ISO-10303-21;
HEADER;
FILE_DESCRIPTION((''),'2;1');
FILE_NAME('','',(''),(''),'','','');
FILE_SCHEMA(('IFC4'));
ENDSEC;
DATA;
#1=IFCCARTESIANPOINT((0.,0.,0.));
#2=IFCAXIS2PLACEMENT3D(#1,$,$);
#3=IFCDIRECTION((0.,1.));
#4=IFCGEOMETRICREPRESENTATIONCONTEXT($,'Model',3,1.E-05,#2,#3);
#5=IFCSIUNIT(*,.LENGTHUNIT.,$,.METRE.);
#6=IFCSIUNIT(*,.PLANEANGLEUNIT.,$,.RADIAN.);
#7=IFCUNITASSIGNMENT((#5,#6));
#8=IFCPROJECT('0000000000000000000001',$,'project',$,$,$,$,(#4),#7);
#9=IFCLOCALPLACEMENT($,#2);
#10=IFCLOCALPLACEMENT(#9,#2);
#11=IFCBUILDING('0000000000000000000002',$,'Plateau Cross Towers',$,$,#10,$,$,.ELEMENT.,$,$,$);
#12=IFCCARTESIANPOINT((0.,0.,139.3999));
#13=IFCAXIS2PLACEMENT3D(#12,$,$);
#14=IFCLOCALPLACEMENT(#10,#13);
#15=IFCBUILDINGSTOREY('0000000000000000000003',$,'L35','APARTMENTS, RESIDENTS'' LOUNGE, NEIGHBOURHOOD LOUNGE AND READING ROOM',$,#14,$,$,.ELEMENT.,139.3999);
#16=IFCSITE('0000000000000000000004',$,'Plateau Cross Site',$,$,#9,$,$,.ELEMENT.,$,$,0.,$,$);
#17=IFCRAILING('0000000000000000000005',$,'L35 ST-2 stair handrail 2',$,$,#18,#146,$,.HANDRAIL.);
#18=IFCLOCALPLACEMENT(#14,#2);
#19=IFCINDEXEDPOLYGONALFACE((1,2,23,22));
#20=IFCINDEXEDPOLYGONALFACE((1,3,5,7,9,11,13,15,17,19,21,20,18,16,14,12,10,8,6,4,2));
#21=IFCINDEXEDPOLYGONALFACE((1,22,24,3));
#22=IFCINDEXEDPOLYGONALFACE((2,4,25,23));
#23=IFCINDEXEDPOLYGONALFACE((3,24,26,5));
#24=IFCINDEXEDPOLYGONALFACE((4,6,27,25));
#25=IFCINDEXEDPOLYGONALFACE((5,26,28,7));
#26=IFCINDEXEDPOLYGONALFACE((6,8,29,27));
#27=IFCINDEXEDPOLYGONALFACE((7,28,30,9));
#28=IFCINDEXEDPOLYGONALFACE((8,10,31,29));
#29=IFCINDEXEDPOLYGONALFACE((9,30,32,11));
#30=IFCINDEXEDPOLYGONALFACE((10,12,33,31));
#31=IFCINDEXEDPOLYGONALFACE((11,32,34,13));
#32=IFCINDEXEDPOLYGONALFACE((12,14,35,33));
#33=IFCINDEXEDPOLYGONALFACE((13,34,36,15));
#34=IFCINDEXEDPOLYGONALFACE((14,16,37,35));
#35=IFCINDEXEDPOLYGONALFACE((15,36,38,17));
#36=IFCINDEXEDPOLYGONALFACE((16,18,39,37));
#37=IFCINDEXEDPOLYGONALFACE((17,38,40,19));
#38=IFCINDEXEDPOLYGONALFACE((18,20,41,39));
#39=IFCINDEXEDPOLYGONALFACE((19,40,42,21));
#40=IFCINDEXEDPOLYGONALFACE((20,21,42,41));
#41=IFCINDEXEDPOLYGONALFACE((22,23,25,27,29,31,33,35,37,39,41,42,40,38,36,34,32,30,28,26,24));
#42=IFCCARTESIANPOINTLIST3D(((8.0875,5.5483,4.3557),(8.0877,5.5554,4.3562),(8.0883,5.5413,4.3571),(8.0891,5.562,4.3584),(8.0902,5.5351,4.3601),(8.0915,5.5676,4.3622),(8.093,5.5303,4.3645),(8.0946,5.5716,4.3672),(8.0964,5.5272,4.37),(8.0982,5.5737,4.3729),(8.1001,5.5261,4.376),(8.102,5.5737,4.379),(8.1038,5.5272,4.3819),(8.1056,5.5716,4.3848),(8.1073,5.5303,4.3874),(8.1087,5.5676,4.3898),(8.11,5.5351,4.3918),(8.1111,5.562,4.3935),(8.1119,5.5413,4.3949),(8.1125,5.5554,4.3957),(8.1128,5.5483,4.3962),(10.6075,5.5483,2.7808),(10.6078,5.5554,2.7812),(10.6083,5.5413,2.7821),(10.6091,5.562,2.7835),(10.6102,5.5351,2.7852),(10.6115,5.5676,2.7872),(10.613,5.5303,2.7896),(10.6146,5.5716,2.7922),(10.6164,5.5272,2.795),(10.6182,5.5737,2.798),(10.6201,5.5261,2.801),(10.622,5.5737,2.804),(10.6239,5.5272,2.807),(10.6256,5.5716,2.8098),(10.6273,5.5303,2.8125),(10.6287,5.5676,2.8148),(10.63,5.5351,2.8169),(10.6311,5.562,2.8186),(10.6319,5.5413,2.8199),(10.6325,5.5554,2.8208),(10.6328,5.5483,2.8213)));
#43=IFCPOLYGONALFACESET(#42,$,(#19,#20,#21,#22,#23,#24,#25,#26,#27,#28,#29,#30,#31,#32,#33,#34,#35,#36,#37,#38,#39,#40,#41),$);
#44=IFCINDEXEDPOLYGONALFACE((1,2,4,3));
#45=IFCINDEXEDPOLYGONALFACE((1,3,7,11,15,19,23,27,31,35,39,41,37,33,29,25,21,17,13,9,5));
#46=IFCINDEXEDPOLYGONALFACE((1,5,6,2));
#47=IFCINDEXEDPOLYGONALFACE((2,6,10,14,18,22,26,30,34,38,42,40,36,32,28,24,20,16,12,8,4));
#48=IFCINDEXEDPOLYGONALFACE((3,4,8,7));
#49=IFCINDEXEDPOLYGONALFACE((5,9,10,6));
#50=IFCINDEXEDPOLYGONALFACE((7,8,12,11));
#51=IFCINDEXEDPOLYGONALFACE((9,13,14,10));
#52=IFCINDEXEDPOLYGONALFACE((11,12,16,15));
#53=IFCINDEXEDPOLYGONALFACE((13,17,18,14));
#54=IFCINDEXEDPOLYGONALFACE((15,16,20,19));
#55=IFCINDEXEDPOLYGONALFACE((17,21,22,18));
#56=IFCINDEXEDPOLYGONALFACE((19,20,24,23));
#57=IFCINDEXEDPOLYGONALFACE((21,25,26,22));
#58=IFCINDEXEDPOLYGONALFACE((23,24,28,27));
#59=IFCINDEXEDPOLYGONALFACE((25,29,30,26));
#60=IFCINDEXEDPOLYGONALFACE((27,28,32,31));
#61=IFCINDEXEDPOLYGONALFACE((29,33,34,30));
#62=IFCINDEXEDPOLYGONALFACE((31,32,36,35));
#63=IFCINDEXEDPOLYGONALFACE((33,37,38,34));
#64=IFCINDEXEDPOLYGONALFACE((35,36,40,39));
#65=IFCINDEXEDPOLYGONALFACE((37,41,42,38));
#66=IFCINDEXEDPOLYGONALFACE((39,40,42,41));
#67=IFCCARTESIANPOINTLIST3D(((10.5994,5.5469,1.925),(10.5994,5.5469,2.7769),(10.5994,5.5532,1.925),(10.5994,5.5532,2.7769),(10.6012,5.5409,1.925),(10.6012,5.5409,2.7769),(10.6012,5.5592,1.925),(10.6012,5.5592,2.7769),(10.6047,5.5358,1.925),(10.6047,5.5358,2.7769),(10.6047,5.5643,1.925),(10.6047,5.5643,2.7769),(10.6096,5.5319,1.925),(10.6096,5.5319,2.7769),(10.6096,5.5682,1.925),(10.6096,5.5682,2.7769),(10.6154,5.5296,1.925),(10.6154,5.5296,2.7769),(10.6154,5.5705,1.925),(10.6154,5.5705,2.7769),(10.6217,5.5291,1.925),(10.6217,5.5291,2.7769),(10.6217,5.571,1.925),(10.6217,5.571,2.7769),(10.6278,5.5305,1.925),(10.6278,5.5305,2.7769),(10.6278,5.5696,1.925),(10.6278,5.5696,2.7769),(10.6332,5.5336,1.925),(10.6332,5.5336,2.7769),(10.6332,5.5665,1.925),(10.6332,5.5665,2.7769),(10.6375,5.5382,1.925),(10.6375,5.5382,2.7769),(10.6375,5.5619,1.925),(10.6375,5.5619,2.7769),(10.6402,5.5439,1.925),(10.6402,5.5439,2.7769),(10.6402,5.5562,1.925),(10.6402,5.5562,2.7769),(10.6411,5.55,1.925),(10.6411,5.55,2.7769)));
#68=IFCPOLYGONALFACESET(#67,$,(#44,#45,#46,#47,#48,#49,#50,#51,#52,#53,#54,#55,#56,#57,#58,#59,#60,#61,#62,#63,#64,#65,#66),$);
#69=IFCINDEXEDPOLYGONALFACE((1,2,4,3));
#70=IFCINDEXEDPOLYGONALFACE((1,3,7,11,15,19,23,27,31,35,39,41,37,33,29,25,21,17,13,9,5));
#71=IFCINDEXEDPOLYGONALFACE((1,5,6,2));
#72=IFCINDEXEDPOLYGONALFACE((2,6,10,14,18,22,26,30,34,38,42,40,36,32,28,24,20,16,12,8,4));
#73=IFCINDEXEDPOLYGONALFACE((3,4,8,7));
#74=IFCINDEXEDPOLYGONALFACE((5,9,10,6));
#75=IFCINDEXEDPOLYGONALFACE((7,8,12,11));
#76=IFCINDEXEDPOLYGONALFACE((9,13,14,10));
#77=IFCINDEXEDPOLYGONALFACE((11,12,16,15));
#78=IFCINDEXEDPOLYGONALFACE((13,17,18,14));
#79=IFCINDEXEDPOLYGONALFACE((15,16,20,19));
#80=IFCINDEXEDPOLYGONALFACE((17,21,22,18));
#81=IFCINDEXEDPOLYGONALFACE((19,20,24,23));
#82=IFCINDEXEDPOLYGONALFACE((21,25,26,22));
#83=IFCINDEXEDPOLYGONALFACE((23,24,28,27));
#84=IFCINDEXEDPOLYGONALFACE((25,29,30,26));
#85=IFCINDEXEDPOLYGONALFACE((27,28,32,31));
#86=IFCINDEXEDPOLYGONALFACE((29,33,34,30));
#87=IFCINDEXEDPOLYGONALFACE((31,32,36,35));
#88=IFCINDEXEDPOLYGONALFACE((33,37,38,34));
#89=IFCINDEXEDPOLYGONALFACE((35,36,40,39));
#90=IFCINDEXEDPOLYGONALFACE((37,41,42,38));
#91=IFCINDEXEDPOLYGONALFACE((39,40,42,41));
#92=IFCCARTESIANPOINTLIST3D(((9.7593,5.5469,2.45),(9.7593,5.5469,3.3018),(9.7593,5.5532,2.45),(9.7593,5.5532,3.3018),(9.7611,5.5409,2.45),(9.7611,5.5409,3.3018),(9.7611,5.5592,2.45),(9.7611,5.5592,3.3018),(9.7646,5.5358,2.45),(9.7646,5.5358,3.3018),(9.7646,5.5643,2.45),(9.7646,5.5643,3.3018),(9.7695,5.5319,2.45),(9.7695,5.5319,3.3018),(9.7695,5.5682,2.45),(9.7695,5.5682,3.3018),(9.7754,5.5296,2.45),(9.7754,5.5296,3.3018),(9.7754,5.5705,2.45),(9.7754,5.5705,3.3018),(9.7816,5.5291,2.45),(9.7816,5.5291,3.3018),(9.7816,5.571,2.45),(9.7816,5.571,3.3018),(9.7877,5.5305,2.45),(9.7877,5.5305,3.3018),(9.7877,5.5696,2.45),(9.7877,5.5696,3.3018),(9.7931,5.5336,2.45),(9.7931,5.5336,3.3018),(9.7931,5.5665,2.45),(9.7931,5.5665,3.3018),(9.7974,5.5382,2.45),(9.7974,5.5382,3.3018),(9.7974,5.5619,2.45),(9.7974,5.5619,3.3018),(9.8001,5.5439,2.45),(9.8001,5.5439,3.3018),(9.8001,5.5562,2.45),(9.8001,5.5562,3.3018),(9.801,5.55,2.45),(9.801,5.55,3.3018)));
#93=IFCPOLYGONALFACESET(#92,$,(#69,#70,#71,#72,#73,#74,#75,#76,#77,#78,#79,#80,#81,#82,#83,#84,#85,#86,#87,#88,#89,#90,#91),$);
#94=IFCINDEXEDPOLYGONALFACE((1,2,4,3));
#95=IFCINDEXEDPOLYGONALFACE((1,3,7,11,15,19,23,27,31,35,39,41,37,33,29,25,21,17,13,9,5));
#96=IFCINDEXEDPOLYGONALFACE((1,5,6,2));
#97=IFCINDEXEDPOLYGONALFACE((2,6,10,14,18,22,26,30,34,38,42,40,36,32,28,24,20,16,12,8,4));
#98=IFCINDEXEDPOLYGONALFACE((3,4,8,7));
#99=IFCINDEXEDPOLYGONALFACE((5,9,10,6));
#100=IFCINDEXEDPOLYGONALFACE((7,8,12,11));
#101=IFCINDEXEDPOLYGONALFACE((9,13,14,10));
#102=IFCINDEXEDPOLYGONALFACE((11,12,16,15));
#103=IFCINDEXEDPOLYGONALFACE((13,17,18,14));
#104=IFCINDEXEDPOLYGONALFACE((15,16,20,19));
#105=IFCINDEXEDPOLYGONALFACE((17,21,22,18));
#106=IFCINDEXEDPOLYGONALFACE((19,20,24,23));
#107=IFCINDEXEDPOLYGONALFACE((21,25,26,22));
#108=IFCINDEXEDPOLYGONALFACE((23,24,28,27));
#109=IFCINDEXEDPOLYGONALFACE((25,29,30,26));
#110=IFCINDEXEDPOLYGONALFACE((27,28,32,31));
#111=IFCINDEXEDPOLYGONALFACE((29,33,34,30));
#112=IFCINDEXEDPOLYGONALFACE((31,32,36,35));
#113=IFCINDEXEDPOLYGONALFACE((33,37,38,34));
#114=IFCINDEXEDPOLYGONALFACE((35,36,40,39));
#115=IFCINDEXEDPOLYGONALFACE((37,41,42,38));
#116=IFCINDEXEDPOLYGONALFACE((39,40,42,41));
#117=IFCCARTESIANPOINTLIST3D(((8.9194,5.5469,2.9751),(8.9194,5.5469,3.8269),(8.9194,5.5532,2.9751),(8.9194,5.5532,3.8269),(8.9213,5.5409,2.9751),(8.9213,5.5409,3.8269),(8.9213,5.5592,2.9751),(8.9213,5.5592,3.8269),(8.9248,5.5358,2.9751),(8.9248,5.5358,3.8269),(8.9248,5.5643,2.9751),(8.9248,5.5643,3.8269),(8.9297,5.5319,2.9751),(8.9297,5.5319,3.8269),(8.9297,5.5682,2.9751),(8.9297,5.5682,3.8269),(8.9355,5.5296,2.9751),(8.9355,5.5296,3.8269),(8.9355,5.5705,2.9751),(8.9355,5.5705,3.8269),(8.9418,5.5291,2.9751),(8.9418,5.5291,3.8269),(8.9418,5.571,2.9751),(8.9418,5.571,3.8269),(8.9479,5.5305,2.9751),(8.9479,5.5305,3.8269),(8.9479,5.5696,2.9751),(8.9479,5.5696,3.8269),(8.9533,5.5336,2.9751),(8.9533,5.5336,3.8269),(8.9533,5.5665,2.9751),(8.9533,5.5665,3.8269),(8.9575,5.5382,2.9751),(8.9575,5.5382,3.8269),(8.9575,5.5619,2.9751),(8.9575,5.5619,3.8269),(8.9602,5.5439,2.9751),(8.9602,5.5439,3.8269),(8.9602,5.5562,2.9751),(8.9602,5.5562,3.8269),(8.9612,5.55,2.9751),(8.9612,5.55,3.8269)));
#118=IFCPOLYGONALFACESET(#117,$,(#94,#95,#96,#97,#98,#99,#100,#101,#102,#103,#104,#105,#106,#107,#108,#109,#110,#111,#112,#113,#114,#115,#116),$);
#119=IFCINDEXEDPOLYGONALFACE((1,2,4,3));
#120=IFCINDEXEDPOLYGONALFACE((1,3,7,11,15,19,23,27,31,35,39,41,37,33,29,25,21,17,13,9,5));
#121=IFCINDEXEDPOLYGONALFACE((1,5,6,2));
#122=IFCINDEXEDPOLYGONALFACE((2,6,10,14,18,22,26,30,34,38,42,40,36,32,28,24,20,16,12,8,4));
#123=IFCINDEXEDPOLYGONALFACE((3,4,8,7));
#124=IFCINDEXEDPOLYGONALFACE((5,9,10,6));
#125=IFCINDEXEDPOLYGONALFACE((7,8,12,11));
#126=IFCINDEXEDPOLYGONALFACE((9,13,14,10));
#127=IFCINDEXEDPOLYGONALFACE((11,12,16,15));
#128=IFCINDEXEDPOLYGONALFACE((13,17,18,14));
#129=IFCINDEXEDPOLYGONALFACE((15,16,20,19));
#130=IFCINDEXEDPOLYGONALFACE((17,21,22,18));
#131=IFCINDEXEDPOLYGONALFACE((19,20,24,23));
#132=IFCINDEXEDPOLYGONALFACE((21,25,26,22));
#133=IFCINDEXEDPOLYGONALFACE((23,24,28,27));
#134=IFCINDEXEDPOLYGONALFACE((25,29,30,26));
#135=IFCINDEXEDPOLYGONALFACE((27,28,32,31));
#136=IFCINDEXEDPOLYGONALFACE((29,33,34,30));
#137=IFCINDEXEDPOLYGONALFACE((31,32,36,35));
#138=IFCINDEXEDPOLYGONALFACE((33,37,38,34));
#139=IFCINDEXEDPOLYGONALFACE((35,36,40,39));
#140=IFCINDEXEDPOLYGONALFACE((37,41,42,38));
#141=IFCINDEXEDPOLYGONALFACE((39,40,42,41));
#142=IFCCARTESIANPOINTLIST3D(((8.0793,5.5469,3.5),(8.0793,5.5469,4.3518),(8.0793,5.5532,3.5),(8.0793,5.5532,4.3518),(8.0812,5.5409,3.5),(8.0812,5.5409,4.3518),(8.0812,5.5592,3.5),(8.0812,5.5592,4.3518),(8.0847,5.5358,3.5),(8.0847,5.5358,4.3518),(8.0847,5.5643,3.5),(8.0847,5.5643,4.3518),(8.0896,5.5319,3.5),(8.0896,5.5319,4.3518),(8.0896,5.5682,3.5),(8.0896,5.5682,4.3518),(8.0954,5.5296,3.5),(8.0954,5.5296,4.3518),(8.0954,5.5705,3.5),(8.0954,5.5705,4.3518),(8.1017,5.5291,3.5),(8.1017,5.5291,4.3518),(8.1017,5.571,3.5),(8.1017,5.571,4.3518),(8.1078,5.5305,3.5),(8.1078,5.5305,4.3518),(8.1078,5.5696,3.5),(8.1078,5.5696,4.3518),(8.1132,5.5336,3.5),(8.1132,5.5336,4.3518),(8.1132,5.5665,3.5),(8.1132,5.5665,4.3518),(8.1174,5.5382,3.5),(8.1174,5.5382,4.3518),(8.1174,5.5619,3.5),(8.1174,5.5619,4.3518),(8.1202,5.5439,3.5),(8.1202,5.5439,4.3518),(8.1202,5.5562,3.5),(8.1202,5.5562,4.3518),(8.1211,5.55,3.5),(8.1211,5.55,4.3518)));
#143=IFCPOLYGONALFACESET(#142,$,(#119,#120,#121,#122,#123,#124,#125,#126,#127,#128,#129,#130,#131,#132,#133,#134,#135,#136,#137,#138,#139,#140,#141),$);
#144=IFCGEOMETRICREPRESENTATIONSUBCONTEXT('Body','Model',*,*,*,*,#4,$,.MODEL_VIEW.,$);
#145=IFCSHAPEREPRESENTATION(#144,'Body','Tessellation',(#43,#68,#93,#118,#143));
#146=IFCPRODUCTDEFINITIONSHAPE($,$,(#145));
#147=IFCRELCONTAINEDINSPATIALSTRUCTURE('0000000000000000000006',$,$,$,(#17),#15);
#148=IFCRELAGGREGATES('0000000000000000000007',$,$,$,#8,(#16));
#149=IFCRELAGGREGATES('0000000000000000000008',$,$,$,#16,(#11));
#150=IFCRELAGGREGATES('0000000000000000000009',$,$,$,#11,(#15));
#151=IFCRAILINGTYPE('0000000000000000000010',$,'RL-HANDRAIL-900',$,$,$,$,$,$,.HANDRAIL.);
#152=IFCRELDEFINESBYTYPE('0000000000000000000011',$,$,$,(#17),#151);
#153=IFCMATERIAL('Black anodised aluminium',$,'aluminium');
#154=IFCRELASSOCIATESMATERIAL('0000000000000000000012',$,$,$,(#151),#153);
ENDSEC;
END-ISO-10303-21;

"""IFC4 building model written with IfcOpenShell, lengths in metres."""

from ifc_helpers import new_model, si_unit, direction, frame, origin, origin_2d, place, context, subcontext, project, spatial, circle, extrude, material, type_object, element, save


model = new_model("IFC4")

# Units and contexts
model_context = context("Model", 3, precision=1e-05, world=origin(), true_north=direction((0.0, 1.0)))
body_context = subcontext(model_context, "Body", "Model", "MODEL_VIEW")
ifc_project = project(units=[si_unit("LENGTHUNIT", "METRE"), si_unit("PLANEANGLEUNIT", "RADIAN")], contexts=[model_context])

# Site, building, storey
site_placement = place(None, origin())
site = spatial("IfcSite", under=ifc_project, at=site_placement, Name="Plateau Cross Site", CompositionType="ELEMENT", RefElevation=0.0)
building_placement = place(site_placement, origin())
building = spatial("IfcBuilding", under=site, at=building_placement, Name="Plateau Cross Towers", CompositionType="ELEMENT")
storey_placement = place(building_placement, frame((0.0, 0.0, 139.3999)))
storey = spatial("IfcBuildingStorey", under=building, at=storey_placement, Name="L35", Description="APARTMENTS, RESIDENTS' LOUNGE, NEIGHBOURHOOD LOUNGE AND READING ROOM", CompositionType="ELEMENT", Elevation=139.3999)

# Shared definitions
ifc_material_1 = material(Name="Black anodised aluminium", Category="aluminium")

# Railing
railing_type_1 = type_object("IfcRailingType", Name="RL-HANDRAIL-900", PredefinedType="HANDRAIL", material=ifc_material_1)
railing_1_placement = place(storey_placement, frame((10.6201, 5.55, 1.925)))
element("IfcRailing", 1, at=railing_1_placement, inside=storey, type_object=railing_type_1, Name="L35 ST-2 stair handrail 2", PredefinedType="HANDRAIL", context=body_context, shape_type="SweptSolid", body=[
    extrude(circle(Radius=0.0239, at=origin_2d()), frame((0.0, 0.0, 0.876), z_axis=(-0.848008, 0.0, 0.529984), x_axis=(0.0, -1.0, 0.0)), (0.0, 0.0, 1.0), 2.9717),
    extrude(circle(Radius=0.021, at=origin_2d()), origin(), (0.0, 0.0, 1.0), 0.8518),
    extrude(circle(Radius=0.021, at=origin_2d()), frame((-0.8401, 0.0, 0.5249)), (0.0, 0.0, 1.0), 0.8518),
    extrude(circle(Radius=0.021, at=origin_2d()), frame((-1.6799, 0.0, 1.05)), (0.0, 0.0, 1.0), 0.8518),
    extrude(circle(Radius=0.021, at=origin_2d()), frame((-2.52, 0.0, 1.575)), (0.0, 0.0, 1.0), 0.8518),
])

save(model, "model.ifc")
